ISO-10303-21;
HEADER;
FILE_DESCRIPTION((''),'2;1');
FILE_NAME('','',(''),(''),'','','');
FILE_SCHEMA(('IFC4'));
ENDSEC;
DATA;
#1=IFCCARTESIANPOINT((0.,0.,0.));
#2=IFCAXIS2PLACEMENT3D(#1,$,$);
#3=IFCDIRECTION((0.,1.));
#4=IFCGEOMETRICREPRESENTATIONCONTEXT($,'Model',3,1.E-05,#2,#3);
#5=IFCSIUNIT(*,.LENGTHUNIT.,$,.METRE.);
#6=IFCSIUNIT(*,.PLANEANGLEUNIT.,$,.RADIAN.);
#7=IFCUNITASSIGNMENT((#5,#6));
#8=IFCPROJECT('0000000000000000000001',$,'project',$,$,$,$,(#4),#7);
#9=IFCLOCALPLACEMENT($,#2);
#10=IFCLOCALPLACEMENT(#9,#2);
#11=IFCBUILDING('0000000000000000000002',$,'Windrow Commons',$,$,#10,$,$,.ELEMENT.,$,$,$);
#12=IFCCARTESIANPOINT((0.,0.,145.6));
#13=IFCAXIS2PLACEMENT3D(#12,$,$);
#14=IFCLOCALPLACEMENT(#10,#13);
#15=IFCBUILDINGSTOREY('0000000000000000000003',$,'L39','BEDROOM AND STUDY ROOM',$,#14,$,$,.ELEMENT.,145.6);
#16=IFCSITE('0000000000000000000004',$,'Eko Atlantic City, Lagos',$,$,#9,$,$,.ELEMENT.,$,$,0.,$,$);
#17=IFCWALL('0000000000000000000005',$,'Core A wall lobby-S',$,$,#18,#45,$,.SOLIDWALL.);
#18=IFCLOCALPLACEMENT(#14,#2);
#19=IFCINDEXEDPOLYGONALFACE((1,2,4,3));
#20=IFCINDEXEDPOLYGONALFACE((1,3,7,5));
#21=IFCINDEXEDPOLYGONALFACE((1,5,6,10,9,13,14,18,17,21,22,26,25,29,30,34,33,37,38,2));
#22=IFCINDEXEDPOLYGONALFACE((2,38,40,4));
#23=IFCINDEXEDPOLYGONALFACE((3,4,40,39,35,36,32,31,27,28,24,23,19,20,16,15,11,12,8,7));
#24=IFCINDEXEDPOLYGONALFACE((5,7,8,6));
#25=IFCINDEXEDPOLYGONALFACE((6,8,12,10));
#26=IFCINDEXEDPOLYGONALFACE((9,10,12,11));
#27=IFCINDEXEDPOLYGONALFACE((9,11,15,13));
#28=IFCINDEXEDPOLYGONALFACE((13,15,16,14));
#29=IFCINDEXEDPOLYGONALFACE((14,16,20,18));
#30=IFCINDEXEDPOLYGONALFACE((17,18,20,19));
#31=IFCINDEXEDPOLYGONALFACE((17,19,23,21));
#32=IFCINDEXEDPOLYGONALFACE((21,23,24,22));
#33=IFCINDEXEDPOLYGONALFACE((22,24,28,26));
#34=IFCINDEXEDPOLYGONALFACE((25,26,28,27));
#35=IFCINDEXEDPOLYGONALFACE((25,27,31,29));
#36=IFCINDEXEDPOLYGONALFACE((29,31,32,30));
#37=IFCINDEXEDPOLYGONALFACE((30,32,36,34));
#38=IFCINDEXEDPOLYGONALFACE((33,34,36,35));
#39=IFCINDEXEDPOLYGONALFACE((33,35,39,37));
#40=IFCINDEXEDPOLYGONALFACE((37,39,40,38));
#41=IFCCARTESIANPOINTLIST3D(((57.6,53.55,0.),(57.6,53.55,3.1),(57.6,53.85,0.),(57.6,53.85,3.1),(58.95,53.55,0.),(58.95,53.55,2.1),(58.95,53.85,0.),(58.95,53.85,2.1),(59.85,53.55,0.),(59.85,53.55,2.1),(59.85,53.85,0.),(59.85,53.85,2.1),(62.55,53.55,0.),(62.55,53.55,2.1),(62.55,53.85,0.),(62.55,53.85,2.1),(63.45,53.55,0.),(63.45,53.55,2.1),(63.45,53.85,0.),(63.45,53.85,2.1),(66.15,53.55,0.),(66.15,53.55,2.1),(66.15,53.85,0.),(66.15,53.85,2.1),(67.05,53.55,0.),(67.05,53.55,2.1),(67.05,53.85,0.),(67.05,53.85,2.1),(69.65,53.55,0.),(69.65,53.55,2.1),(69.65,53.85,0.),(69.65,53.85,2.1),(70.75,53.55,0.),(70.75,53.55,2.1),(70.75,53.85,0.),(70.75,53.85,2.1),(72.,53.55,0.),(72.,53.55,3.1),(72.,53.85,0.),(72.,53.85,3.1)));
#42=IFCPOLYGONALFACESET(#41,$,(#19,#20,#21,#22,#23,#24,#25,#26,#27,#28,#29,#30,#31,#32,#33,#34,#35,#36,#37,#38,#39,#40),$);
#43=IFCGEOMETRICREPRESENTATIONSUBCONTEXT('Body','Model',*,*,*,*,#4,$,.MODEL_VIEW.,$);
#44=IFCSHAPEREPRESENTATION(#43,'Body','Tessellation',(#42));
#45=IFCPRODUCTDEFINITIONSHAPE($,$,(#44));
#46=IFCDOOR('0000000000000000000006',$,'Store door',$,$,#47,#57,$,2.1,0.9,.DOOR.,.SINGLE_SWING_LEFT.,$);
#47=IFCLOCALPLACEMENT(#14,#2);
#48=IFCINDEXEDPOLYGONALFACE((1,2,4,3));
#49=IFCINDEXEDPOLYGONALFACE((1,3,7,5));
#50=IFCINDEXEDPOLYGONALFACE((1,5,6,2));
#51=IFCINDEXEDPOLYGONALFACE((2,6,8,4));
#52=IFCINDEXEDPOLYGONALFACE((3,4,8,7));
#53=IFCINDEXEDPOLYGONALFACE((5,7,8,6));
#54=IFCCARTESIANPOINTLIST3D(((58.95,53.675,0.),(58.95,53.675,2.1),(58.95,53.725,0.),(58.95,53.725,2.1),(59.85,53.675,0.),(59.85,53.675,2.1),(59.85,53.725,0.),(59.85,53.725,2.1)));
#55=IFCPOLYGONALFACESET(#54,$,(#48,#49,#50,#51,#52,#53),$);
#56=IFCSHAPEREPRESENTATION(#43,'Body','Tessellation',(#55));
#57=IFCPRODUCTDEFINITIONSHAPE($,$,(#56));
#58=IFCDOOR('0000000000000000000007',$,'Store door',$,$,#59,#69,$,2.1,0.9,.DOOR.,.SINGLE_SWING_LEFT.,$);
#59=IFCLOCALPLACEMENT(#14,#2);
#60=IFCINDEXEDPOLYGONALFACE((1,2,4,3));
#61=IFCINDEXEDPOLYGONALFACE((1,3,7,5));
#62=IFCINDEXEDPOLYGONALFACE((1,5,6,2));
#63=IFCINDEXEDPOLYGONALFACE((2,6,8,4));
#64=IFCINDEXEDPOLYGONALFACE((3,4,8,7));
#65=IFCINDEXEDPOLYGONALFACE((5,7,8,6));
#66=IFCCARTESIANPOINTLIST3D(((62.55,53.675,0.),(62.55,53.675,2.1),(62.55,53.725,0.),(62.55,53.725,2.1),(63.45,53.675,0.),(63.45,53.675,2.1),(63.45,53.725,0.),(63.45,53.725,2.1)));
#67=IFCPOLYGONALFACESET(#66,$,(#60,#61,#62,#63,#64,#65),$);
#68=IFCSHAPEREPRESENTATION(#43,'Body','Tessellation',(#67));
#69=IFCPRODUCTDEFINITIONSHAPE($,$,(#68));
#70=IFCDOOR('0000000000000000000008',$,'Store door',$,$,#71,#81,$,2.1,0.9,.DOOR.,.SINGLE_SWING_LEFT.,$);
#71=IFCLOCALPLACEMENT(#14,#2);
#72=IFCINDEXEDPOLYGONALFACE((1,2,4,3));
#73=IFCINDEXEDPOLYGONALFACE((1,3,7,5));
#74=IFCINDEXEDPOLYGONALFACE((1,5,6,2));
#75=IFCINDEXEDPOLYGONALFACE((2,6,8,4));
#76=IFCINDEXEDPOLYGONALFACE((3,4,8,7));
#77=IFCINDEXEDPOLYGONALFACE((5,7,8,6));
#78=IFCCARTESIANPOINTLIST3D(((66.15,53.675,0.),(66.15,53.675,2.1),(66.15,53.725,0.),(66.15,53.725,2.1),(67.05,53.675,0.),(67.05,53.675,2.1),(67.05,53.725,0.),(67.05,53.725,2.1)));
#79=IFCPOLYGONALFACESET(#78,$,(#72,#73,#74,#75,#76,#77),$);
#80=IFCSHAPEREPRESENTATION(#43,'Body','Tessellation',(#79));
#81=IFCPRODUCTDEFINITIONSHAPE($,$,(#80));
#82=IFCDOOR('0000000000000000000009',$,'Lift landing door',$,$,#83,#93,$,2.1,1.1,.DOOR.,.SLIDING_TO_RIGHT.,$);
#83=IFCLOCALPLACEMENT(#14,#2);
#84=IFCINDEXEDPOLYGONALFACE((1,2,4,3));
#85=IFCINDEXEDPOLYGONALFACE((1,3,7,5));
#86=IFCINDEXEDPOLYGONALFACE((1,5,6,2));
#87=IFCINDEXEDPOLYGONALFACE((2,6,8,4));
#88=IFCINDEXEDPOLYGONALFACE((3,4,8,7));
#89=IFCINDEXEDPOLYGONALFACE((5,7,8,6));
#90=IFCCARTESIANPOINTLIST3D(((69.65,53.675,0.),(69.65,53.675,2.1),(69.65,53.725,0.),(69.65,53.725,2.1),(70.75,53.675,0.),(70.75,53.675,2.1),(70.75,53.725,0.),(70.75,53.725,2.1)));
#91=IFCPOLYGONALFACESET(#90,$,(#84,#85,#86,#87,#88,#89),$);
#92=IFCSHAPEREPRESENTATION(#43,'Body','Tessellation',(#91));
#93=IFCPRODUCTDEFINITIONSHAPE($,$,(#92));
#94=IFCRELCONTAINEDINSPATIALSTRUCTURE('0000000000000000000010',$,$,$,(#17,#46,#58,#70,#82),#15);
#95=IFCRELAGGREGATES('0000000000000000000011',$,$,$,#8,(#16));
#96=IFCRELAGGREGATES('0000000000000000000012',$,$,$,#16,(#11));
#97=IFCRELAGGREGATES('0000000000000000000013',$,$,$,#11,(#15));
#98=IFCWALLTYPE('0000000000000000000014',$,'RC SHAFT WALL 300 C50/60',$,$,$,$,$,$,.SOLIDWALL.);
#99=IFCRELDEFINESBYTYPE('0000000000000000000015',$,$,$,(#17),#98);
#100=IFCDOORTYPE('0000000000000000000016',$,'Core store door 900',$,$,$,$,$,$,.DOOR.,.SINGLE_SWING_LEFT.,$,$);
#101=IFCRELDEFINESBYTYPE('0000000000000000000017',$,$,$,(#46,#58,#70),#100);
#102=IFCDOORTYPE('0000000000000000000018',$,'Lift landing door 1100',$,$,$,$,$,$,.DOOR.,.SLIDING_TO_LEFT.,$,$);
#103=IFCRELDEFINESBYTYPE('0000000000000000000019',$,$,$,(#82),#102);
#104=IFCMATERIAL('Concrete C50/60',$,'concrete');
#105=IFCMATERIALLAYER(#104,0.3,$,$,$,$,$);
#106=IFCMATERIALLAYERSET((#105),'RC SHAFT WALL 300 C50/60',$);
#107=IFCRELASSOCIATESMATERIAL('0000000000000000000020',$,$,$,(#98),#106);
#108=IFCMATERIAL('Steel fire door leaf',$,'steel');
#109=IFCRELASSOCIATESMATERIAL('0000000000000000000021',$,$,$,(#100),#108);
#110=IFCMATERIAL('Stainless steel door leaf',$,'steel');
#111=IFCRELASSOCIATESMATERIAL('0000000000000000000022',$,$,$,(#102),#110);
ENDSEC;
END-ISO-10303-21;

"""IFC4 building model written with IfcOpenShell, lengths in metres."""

from ifc_helpers import new_model, si_unit, direction, frame, frame_2d, origin, place, context, subcontext, project, spatial, rectangle, extrude, material, layer, layer_set, type_object, element, fill, save


model = new_model("IFC4")

# Units and contexts
model_context = context("Model", 3, precision=1e-05, world=origin(), true_north=direction((0.0, 1.0)))
body_context = subcontext(model_context, "Body", "Model", "MODEL_VIEW")
ifc_project = project(units=[si_unit("LENGTHUNIT", "METRE"), si_unit("PLANEANGLEUNIT", "RADIAN")], contexts=[model_context])

# Site, building, storey
site_placement = place(None, origin())
site = spatial("IfcSite", under=ifc_project, at=site_placement, Name="Eko Atlantic City, Lagos", CompositionType="ELEMENT", RefElevation=0.0)
building_placement = place(site_placement, origin())
building = spatial("IfcBuilding", under=site, at=building_placement, Name="Windrow Commons", CompositionType="ELEMENT")
storey_placement = place(building_placement, frame((0.0, 0.0, 145.6)))
storey = spatial("IfcBuildingStorey", under=building, at=storey_placement, Name="L39", Description="BEDROOM AND STUDY ROOM", CompositionType="ELEMENT", Elevation=145.6)

# Wall, openings, doors
ifc_material_1 = material(Name="Concrete C50/60", Category="concrete")
ifc_layer_1 = layer(ifc_material_1, 0.3)
ifc_layer_set_1 = layer_set([ifc_layer_1], Name="RC SHAFT WALL 300 C50/60")
wall_type_1 = type_object("IfcWallType", Name="RC SHAFT WALL 300 C50/60", PredefinedType="SOLIDWALL", material=ifc_layer_set_1)
wall_1_placement = place(storey_placement, frame((57.6, 53.7, 0.0), z_axis=(0.0, 0.0, 1.0), x_axis=(1.0, 0.0, 0.0)))
wall_1 = element("IfcWall", 1, at=wall_1_placement, inside=storey, type_object=wall_type_1, Name="Core A wall lobby-S", PredefinedType="SOLIDWALL", context=body_context, shape_type="SweptSolid", body=[
    extrude(rectangle(XDim=14.4, YDim=0.3, at=frame_2d((7.2, 0.0))), origin(), (0.0, 0.0, 1.0), 3.1),
])
opening_1_placement = place(wall_1_placement, frame((1.35, 0.0, 0.0)))
opening_1 = element("IfcOpeningElement", 2, at=opening_1_placement, cuts=wall_1, PredefinedType="OPENING", context=body_context, shape_type="SweptSolid", body=[
    extrude(rectangle(XDim=0.9, YDim=2.1, at=frame_2d((0.45, 1.05))), frame((0.0, 0.16, 0.0), z_axis=(0.0, -1.0, 0.0), x_axis=(1.0, 0.0, 0.0)), (0.0, 0.0, 1.0), 0.32),
])
opening_2_placement = place(wall_1_placement, frame((4.95, 0.0, 0.0)))
opening_2 = element("IfcOpeningElement", 3, at=opening_2_placement, cuts=wall_1, PredefinedType="OPENING", context=body_context, shape_type="SweptSolid", body=[
    extrude(rectangle(XDim=0.9, YDim=2.1, at=frame_2d((0.45, 1.05))), frame((0.0, 0.16, 0.0), z_axis=(0.0, -1.0, 0.0), x_axis=(1.0, 0.0, 0.0)), (0.0, 0.0, 1.0), 0.32),
])
opening_3_placement = place(wall_1_placement, frame((8.55, 0.0, 0.0)))
opening_3 = element("IfcOpeningElement", 4, at=opening_3_placement, cuts=wall_1, PredefinedType="OPENING", context=body_context, shape_type="SweptSolid", body=[
    extrude(rectangle(XDim=0.9, YDim=2.1, at=frame_2d((0.45, 1.05))), frame((0.0, 0.16, 0.0), z_axis=(0.0, -1.0, 0.0), x_axis=(1.0, 0.0, 0.0)), (0.0, 0.0, 1.0), 0.32),
])
opening_4_placement = place(wall_1_placement, frame((12.05, 0.0, 0.0)))
opening_4 = element("IfcOpeningElement", 5, at=opening_4_placement, cuts=wall_1, PredefinedType="OPENING", context=body_context, shape_type="SweptSolid", body=[
    extrude(rectangle(XDim=1.1, YDim=2.1, at=frame_2d((0.55, 1.05))), frame((0.0, 0.16, 0.0), z_axis=(0.0, -1.0, 0.0), x_axis=(1.0, 0.0, 0.0)), (0.0, 0.0, 1.0), 0.32),
])
ifc_material_2 = material(Name="Steel fire door leaf", Category="steel")
door_type_1 = type_object("IfcDoorType", Name="Core store door 900", OperationType="SINGLE_SWING_LEFT", PredefinedType="DOOR", material=ifc_material_2)
door_1_placement = place(opening_1_placement, origin())
door_1 = element("IfcDoor", 6, at=door_1_placement, inside=storey, type_object=door_type_1, Name="Store door", OperationType="SINGLE_SWING_LEFT", OverallHeight=2.1, OverallWidth=0.9, PredefinedType="DOOR", context=body_context, shape_type="SweptSolid", body=[
    extrude(rectangle(XDim=0.9, YDim=2.1, at=frame_2d((0.45, 1.05))), frame((0.0, 0.025, 0.0), z_axis=(0.0, -1.0, 0.0), x_axis=(1.0, 0.0, 0.0)), (0.0, 0.0, 1.0), 0.05),
])
fill(opening_1, door_1)
door_2_placement = place(opening_2_placement, origin())
door_2 = element("IfcDoor", 7, at=door_2_placement, inside=storey, type_object=door_type_1, Name="Store door", OperationType="SINGLE_SWING_LEFT", OverallHeight=2.1, OverallWidth=0.9, PredefinedType="DOOR", context=body_context, shape_type="SweptSolid", body=[
    extrude(rectangle(XDim=0.9, YDim=2.1, at=frame_2d((0.45, 1.05))), frame((0.0, 0.025, 0.0), z_axis=(0.0, -1.0, 0.0), x_axis=(1.0, 0.0, 0.0)), (0.0, 0.0, 1.0), 0.05),
])
fill(opening_2, door_2)
door_3_placement = place(opening_3_placement, origin())
door_3 = element("IfcDoor", 8, at=door_3_placement, inside=storey, type_object=door_type_1, Name="Store door", OperationType="SINGLE_SWING_LEFT", OverallHeight=2.1, OverallWidth=0.9, PredefinedType="DOOR", context=body_context, shape_type="SweptSolid", body=[
    extrude(rectangle(XDim=0.9, YDim=2.1, at=frame_2d((0.45, 1.05))), frame((0.0, 0.025, 0.0), z_axis=(0.0, -1.0, 0.0), x_axis=(1.0, 0.0, 0.0)), (0.0, 0.0, 1.0), 0.05),
])
fill(opening_3, door_3)
ifc_material_3 = material(Name="Stainless steel door leaf", Category="steel")
door_type_2 = type_object("IfcDoorType", Name="Lift landing door 1100", OperationType="SLIDING_TO_LEFT", PredefinedType="DOOR", material=ifc_material_3)
door_4_placement = place(opening_4_placement, origin())
door_4 = element("IfcDoor", 9, at=door_4_placement, inside=storey, type_object=door_type_2, Name="Lift landing door", OperationType="SLIDING_TO_RIGHT", OverallHeight=2.1, OverallWidth=1.1, PredefinedType="DOOR", context=body_context, shape_type="SweptSolid", body=[
    extrude(rectangle(XDim=1.1, YDim=2.1, at=frame_2d((0.55, 1.05))), frame((0.0, 0.025, 0.0), z_axis=(0.0, -1.0, 0.0), x_axis=(1.0, 0.0, 0.0)), (0.0, 0.0, 1.0), 0.05),
])
fill(opening_4, door_4)

save(model, "model.ifc")
